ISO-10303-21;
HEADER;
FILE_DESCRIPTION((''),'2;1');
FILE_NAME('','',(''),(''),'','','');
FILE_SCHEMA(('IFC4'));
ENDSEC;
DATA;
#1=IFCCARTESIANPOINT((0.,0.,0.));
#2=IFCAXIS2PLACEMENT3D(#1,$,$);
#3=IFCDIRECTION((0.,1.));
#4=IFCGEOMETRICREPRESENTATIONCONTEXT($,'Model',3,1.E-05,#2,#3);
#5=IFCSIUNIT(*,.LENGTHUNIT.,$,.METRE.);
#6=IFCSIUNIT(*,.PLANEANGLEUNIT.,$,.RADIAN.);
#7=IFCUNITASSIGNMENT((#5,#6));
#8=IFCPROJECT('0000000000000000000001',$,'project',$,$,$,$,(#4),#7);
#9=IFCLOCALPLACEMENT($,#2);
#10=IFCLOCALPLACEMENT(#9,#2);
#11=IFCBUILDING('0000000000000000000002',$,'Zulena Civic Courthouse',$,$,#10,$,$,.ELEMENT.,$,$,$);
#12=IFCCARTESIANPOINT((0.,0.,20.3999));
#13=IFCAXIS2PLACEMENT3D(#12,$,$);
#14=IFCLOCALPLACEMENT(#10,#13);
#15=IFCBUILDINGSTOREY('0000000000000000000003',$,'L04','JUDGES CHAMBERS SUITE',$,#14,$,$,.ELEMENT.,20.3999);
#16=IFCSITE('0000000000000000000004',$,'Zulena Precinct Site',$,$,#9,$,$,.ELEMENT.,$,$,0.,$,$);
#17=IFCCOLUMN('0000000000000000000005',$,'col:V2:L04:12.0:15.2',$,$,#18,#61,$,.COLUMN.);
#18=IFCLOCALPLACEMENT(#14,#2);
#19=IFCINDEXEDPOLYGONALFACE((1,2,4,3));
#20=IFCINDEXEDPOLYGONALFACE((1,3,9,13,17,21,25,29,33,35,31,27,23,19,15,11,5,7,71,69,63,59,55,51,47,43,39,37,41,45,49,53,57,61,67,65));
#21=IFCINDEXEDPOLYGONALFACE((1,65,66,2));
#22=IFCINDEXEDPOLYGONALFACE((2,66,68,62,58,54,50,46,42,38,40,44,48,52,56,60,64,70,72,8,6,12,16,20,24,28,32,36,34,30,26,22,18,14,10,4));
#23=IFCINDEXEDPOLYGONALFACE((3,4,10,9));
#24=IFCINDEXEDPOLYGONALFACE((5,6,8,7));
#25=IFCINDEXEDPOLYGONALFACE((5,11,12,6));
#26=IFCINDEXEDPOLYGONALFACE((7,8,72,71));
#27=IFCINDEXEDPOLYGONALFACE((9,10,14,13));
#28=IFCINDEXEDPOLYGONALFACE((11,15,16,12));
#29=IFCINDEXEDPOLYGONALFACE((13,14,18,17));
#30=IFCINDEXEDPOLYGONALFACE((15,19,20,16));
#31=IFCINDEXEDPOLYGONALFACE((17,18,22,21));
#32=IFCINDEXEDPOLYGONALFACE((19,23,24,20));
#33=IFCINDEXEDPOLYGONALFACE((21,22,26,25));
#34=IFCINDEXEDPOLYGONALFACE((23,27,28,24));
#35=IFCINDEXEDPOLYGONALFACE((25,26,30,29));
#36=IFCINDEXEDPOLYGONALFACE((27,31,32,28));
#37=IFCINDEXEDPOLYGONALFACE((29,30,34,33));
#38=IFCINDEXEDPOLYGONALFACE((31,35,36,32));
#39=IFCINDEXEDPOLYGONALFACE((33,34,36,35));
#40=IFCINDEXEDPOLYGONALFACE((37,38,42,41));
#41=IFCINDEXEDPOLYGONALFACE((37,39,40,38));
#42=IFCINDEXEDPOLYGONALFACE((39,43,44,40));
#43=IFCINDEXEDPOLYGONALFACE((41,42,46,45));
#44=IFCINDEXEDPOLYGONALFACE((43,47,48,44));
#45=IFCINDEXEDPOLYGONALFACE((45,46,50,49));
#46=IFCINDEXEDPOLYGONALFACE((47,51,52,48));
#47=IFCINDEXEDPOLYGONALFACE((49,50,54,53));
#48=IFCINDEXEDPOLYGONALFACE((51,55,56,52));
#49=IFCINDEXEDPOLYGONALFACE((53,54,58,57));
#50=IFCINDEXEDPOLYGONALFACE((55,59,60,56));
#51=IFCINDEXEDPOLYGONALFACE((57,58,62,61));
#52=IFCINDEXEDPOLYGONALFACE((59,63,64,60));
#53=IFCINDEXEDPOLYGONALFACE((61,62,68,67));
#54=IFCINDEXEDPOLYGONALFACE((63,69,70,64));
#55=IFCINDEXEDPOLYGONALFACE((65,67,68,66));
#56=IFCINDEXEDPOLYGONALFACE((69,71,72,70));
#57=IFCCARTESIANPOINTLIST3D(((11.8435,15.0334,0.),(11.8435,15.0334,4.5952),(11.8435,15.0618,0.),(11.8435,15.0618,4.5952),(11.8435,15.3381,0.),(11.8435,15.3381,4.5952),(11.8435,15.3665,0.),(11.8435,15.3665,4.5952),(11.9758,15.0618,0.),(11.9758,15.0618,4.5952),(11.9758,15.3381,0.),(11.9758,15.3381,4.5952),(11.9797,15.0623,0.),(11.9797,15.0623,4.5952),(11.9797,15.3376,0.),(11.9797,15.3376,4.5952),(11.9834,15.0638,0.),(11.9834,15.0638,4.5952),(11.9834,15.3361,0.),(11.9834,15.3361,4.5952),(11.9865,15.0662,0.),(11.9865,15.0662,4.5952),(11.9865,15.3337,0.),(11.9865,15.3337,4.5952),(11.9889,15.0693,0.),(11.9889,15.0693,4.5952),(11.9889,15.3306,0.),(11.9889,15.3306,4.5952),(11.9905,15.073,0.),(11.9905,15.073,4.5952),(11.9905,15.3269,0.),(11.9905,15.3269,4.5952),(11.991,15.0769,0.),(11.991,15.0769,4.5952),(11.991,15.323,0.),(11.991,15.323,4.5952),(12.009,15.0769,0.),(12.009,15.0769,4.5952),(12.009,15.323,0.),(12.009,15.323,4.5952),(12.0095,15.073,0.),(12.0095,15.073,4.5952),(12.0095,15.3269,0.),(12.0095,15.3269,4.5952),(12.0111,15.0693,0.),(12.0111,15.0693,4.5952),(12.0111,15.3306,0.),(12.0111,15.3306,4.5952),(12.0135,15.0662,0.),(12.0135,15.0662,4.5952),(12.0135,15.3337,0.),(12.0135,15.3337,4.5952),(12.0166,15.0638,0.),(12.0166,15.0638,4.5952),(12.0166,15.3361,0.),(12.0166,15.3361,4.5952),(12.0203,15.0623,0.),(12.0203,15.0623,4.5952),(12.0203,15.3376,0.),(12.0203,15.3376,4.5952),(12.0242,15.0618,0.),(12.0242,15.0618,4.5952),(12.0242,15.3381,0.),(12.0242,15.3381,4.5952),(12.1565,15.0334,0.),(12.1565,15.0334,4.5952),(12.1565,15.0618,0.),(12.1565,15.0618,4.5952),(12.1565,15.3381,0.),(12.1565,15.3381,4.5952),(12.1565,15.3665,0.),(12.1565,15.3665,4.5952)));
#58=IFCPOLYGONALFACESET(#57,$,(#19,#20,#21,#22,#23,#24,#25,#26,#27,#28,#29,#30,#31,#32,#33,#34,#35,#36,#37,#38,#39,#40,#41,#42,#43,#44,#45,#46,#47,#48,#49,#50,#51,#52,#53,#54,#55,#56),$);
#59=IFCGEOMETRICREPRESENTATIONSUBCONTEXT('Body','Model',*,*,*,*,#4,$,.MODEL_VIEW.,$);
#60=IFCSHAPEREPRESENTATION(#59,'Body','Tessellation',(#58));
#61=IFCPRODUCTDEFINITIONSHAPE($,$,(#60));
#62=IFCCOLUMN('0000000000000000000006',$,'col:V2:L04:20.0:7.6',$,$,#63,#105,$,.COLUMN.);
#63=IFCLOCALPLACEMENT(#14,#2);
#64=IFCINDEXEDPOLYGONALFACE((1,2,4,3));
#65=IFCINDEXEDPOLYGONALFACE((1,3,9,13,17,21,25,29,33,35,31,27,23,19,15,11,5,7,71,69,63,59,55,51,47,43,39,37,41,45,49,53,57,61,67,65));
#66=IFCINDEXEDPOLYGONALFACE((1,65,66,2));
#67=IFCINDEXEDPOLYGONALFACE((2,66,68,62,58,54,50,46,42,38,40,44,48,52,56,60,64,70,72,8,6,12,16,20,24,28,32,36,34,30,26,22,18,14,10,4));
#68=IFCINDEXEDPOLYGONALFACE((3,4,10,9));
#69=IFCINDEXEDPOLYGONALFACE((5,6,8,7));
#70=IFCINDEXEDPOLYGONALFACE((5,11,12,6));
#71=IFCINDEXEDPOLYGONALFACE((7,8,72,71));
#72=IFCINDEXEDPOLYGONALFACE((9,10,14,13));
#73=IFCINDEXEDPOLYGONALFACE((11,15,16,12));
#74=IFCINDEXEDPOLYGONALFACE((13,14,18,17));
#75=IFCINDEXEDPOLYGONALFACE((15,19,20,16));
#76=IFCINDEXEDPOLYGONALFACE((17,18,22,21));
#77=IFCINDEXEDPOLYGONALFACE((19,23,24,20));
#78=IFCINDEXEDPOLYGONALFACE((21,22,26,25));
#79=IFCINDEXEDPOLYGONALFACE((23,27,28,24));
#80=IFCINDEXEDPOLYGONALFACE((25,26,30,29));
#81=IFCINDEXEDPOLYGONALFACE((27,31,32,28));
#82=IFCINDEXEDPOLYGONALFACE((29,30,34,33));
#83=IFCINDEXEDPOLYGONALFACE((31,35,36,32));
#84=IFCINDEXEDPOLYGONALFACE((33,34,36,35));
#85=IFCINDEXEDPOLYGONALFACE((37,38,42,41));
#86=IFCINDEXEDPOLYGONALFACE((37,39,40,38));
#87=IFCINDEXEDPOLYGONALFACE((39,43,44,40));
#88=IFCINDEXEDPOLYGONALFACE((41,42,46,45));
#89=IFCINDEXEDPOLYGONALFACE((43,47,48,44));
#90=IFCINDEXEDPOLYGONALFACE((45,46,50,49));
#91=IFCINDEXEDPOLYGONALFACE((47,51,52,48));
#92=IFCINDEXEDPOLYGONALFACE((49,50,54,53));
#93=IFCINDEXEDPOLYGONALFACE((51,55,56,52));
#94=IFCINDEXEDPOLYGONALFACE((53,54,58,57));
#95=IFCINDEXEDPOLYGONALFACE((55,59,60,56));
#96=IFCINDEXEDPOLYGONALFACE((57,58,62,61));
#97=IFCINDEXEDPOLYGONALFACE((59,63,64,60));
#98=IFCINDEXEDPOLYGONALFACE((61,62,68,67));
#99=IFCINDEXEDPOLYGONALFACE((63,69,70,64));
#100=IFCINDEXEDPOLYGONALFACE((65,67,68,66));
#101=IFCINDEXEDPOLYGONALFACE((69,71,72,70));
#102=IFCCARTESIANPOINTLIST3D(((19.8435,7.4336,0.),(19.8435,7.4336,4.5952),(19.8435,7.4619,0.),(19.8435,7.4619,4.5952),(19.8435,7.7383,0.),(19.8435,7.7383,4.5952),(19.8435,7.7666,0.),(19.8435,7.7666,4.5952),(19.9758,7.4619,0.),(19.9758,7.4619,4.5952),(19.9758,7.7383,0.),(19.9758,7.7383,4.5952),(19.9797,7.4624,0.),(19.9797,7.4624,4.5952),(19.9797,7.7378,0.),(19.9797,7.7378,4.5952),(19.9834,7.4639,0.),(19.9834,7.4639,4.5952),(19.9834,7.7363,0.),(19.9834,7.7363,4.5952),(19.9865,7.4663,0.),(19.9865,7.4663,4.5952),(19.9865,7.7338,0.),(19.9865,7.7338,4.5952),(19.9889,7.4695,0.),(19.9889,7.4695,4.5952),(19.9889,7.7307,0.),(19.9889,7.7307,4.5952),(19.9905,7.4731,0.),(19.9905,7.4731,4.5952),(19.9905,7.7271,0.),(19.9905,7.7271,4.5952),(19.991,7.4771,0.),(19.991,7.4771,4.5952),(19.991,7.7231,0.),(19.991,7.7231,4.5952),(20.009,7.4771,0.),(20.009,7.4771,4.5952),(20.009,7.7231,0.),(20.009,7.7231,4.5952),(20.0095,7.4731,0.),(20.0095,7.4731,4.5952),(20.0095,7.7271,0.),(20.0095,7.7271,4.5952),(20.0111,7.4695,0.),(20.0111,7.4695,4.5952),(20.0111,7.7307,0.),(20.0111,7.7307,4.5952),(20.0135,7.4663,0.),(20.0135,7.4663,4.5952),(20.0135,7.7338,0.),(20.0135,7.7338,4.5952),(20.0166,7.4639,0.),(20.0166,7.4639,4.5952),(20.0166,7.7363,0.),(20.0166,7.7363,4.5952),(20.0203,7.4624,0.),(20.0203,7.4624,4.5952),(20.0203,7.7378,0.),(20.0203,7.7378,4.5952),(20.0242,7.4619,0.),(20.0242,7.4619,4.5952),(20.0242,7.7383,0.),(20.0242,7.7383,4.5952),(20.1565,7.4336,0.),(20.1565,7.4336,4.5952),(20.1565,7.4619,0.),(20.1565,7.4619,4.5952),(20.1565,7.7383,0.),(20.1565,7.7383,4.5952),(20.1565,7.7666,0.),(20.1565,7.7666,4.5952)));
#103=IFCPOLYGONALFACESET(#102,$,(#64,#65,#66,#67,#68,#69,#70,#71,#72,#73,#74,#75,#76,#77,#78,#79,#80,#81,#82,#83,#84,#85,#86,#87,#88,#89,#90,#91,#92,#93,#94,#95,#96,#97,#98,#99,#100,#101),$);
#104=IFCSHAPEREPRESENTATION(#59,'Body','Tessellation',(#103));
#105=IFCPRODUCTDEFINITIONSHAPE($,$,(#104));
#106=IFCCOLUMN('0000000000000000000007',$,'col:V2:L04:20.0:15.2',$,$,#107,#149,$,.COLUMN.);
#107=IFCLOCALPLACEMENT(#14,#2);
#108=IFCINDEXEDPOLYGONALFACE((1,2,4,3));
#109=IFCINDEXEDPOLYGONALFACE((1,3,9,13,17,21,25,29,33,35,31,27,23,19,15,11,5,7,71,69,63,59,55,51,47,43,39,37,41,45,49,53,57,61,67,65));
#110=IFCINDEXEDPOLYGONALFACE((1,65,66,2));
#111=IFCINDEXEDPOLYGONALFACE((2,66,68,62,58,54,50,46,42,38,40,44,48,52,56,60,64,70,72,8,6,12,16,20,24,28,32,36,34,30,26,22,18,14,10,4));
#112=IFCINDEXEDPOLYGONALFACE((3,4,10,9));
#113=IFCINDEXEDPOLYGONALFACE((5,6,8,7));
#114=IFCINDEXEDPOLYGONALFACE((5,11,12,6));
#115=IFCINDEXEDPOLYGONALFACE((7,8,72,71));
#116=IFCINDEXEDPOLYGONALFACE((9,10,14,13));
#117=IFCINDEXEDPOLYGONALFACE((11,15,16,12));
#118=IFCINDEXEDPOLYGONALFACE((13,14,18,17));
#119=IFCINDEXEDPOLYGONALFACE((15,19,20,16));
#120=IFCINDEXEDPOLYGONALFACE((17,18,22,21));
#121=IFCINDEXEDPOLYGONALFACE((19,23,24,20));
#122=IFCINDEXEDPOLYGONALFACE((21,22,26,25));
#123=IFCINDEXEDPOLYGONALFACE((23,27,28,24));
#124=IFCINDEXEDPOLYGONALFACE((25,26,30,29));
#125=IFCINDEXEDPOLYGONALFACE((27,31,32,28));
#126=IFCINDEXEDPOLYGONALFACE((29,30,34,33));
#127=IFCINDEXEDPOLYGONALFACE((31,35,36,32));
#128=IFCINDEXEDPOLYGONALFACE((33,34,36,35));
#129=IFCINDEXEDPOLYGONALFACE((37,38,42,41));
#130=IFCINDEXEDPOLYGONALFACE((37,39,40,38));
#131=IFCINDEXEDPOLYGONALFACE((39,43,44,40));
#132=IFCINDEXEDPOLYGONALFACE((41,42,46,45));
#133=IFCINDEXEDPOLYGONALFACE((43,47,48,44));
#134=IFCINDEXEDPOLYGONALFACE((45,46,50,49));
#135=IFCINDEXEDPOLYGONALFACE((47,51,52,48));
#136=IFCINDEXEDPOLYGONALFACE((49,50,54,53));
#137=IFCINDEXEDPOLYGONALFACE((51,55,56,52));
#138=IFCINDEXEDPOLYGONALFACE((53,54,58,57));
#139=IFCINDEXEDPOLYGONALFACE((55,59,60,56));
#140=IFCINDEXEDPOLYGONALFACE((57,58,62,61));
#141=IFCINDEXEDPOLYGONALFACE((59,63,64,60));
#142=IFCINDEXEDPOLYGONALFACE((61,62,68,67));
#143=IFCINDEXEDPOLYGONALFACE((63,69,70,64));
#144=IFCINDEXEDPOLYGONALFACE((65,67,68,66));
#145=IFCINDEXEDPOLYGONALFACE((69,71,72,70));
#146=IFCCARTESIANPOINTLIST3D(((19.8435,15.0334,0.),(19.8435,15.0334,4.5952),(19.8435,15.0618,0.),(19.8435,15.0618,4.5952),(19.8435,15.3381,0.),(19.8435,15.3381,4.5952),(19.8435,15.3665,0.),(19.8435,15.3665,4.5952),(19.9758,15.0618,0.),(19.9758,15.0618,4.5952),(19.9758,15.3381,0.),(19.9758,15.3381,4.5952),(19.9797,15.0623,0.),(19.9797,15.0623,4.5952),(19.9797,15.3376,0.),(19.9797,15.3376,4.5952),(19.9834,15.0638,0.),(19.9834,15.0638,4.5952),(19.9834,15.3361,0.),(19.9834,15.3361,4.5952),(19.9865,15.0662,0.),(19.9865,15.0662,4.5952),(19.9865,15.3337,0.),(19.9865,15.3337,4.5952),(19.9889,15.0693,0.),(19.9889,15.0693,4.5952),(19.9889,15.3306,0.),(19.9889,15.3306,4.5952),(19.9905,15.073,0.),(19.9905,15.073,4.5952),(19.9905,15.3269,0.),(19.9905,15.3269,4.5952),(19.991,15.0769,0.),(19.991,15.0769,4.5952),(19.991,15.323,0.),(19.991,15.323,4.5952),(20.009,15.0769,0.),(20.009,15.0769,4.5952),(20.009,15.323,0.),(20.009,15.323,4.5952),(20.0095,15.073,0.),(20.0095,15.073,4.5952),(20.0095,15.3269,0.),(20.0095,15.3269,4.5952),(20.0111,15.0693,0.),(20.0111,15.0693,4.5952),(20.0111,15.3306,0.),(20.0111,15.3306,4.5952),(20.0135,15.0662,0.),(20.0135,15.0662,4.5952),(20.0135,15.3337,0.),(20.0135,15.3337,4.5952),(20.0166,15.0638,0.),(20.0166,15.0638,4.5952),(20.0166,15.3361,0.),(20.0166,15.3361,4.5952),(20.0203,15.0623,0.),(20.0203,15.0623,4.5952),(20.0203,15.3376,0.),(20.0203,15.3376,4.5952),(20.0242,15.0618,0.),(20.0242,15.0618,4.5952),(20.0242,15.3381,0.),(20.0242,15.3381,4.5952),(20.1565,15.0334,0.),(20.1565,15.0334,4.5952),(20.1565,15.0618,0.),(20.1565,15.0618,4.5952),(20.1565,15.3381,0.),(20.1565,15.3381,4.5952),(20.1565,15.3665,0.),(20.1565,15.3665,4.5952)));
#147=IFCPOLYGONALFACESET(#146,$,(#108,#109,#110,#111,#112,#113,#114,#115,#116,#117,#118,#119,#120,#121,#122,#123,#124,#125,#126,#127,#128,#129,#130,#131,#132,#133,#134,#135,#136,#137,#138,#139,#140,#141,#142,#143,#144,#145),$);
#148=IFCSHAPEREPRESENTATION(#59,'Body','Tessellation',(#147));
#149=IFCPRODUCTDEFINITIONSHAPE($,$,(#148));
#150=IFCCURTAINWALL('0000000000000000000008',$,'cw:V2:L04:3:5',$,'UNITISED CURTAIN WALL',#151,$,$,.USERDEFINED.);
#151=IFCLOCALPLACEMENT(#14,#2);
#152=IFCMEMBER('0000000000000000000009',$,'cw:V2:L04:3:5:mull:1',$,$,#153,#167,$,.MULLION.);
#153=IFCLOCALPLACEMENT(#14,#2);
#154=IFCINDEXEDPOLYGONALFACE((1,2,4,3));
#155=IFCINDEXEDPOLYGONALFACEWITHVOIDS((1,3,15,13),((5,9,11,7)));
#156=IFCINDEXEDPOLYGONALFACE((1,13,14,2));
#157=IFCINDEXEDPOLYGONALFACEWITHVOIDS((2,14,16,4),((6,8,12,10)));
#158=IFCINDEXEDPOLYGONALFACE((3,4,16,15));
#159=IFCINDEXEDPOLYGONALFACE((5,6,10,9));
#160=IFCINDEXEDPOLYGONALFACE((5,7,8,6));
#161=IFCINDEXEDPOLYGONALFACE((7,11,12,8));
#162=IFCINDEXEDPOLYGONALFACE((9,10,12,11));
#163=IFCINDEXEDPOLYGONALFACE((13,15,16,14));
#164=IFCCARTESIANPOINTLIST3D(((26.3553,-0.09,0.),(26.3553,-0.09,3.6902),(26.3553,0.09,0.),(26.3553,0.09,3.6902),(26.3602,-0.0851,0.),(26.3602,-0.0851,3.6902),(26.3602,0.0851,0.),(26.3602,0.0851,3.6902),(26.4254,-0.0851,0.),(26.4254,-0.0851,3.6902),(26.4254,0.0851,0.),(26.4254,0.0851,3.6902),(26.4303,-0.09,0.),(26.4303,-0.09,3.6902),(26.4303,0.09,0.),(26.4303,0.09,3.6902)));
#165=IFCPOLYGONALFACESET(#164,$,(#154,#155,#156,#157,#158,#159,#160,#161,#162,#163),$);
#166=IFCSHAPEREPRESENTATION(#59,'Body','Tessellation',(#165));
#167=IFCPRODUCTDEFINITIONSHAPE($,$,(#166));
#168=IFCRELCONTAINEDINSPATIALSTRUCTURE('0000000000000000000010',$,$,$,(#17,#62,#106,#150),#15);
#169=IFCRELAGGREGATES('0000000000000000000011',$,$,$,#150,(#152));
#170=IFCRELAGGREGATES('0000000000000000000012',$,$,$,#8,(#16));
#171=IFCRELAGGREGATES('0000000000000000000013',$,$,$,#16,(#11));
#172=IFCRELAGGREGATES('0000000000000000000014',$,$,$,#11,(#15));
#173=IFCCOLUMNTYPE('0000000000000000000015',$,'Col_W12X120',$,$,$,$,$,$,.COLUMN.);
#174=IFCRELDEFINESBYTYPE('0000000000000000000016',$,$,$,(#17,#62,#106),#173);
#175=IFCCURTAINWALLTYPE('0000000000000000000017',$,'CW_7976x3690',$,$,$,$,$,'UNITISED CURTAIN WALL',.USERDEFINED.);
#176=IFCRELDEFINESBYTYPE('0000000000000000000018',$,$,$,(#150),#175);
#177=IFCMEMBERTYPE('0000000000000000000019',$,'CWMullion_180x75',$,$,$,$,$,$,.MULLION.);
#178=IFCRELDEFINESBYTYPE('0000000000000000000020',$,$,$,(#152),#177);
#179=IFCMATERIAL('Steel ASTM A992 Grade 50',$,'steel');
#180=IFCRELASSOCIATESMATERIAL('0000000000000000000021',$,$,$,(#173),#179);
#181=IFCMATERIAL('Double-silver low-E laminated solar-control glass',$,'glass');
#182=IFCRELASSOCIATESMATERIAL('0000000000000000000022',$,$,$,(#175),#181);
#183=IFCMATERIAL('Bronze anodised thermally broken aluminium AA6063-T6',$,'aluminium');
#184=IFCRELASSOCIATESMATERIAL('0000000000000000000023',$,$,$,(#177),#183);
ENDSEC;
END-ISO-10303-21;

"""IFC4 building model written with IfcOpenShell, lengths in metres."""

from ifc_helpers import new_model, si_unit, direction, frame, origin, origin_2d, place, context, subcontext, project, spatial, hollow_rectangle, i_section, extrude, material, material_profile, profile_set, type_object, element, aggregate, save


model = new_model("IFC4")

# Units and contexts
model_context = context("Model", 3, precision=1e-05, world=origin(), true_north=direction((0.0, 1.0)))
body_context = subcontext(model_context, "Body", "Model", "MODEL_VIEW")
ifc_project = project(units=[si_unit("LENGTHUNIT", "METRE"), si_unit("PLANEANGLEUNIT", "RADIAN")], contexts=[model_context])

# Site, building, storey
site_placement = place(None, origin())
site = spatial("IfcSite", under=ifc_project, at=site_placement, Name="Zulena Precinct Site", CompositionType="ELEMENT", RefElevation=0.0)
building_placement = place(site_placement, origin())
building = spatial("IfcBuilding", under=site, at=building_placement, Name="Zulena Civic Courthouse", CompositionType="ELEMENT")
storey_placement = place(building_placement, frame((0.0, 0.0, 20.3999)))
storey = spatial("IfcBuildingStorey", under=building, at=storey_placement, Name="L04", Description="JUDGES CHAMBERS SUITE", CompositionType="ELEMENT", Elevation=20.3999)

# Columns
ifc_material_1 = material(Name="Steel ASTM A992 Grade 50", Category="steel")
ifc_material_profile_1 = material_profile(ifc_material_1, i_section(OverallWidth=0.313, OverallDepth=0.333, WebThickness=0.0181, FlangeThickness=0.0283, FilletRadius=0.0151, at=origin_2d()), Name="W12X120")
ifc_profile_set_1 = profile_set([ifc_material_profile_1], Name="Steel ASTM A992 Grade 50")
column_type = type_object("IfcColumnType", Name="Col_W12X120", PredefinedType="COLUMN", material=ifc_profile_set_1)
for number, where, z_axis, x_axis, name in (
    (1, (12.0, 15.2, 0.0), (0.0, 0.0, 1.0), (1.0, 0.0, 0.0), "col:V2:L04:12.0:15.2"),
    (2, (20.0, 7.6001, 0.0), (0.0, 0.0, 1.0), (1.0, 0.0, 0.0), "col:V2:L04:20.0:7.6"),
    (3, (20.0, 15.2, 0.0), (0.0, 0.0, 1.0), (1.0, 0.0, 0.0), "col:V2:L04:20.0:15.2"),
):
    element("IfcColumn", number, at=place(storey_placement, frame(where, z_axis=z_axis, x_axis=x_axis)), inside=storey, type_object=column_type, Name=name, PredefinedType="COLUMN", context=body_context, shape_type="SweptSolid", body=[
        extrude(i_section(OverallWidth=0.313, OverallDepth=0.333, WebThickness=0.0181, FlangeThickness=0.0283, FilletRadius=0.0151, at=origin_2d()), origin(), (0.0, 0.0, 1.0), 4.5952),
    ])

# Curtain wall, member
ifc_material_2 = material(Name="Double-silver low-E laminated solar-control glass", Category="glass")
curtain_wall_type = type_object("IfcCurtainWallType", Name="CW_7976x3690", ElementType="UNITISED CURTAIN WALL", PredefinedType="USERDEFINED", material=ifc_material_2)
curtain_wall_placement = place(storey_placement, origin())
curtain_wall = element("IfcCurtainWall", 4, at=curtain_wall_placement, inside=storey, type_object=curtain_wall_type, Name="cw:V2:L04:3:5", ObjectType="UNITISED CURTAIN WALL", PredefinedType="USERDEFINED")
ifc_material_3 = material(Name="Bronze anodised thermally broken aluminium AA6063-T6", Category="aluminium")
ifc_material_profile_2 = material_profile(ifc_material_3, hollow_rectangle(XDim=0.075, YDim=0.1799, WallThickness=0.0049, at=origin_2d()), Name="CWM180X75X5")
ifc_profile_set_2 = profile_set([ifc_material_profile_2], Name="Bronze anodised thermally broken aluminium AA6063-T6")
member_type = type_object("IfcMemberType", Name="CWMullion_180x75", PredefinedType="MULLION", material=ifc_profile_set_2)
member_placement = place(storey_placement, frame((26.3928, 0.0, 0.0), z_axis=(0.0, 0.0, 1.0), x_axis=(1.0, 0.0, 0.0)))
member = element("IfcMember", 5, at=member_placement, type_object=member_type, Name="cw:V2:L04:3:5:mull:1", PredefinedType="MULLION", context=body_context, shape_type="SweptSolid", body=[
    extrude(hollow_rectangle(XDim=0.075, YDim=0.1799, WallThickness=0.0049, at=origin_2d()), origin(), (0.0, 0.0, 1.0), 3.6902),
])

aggregate(curtain_wall, [member])

save(model, "model.ifc")
